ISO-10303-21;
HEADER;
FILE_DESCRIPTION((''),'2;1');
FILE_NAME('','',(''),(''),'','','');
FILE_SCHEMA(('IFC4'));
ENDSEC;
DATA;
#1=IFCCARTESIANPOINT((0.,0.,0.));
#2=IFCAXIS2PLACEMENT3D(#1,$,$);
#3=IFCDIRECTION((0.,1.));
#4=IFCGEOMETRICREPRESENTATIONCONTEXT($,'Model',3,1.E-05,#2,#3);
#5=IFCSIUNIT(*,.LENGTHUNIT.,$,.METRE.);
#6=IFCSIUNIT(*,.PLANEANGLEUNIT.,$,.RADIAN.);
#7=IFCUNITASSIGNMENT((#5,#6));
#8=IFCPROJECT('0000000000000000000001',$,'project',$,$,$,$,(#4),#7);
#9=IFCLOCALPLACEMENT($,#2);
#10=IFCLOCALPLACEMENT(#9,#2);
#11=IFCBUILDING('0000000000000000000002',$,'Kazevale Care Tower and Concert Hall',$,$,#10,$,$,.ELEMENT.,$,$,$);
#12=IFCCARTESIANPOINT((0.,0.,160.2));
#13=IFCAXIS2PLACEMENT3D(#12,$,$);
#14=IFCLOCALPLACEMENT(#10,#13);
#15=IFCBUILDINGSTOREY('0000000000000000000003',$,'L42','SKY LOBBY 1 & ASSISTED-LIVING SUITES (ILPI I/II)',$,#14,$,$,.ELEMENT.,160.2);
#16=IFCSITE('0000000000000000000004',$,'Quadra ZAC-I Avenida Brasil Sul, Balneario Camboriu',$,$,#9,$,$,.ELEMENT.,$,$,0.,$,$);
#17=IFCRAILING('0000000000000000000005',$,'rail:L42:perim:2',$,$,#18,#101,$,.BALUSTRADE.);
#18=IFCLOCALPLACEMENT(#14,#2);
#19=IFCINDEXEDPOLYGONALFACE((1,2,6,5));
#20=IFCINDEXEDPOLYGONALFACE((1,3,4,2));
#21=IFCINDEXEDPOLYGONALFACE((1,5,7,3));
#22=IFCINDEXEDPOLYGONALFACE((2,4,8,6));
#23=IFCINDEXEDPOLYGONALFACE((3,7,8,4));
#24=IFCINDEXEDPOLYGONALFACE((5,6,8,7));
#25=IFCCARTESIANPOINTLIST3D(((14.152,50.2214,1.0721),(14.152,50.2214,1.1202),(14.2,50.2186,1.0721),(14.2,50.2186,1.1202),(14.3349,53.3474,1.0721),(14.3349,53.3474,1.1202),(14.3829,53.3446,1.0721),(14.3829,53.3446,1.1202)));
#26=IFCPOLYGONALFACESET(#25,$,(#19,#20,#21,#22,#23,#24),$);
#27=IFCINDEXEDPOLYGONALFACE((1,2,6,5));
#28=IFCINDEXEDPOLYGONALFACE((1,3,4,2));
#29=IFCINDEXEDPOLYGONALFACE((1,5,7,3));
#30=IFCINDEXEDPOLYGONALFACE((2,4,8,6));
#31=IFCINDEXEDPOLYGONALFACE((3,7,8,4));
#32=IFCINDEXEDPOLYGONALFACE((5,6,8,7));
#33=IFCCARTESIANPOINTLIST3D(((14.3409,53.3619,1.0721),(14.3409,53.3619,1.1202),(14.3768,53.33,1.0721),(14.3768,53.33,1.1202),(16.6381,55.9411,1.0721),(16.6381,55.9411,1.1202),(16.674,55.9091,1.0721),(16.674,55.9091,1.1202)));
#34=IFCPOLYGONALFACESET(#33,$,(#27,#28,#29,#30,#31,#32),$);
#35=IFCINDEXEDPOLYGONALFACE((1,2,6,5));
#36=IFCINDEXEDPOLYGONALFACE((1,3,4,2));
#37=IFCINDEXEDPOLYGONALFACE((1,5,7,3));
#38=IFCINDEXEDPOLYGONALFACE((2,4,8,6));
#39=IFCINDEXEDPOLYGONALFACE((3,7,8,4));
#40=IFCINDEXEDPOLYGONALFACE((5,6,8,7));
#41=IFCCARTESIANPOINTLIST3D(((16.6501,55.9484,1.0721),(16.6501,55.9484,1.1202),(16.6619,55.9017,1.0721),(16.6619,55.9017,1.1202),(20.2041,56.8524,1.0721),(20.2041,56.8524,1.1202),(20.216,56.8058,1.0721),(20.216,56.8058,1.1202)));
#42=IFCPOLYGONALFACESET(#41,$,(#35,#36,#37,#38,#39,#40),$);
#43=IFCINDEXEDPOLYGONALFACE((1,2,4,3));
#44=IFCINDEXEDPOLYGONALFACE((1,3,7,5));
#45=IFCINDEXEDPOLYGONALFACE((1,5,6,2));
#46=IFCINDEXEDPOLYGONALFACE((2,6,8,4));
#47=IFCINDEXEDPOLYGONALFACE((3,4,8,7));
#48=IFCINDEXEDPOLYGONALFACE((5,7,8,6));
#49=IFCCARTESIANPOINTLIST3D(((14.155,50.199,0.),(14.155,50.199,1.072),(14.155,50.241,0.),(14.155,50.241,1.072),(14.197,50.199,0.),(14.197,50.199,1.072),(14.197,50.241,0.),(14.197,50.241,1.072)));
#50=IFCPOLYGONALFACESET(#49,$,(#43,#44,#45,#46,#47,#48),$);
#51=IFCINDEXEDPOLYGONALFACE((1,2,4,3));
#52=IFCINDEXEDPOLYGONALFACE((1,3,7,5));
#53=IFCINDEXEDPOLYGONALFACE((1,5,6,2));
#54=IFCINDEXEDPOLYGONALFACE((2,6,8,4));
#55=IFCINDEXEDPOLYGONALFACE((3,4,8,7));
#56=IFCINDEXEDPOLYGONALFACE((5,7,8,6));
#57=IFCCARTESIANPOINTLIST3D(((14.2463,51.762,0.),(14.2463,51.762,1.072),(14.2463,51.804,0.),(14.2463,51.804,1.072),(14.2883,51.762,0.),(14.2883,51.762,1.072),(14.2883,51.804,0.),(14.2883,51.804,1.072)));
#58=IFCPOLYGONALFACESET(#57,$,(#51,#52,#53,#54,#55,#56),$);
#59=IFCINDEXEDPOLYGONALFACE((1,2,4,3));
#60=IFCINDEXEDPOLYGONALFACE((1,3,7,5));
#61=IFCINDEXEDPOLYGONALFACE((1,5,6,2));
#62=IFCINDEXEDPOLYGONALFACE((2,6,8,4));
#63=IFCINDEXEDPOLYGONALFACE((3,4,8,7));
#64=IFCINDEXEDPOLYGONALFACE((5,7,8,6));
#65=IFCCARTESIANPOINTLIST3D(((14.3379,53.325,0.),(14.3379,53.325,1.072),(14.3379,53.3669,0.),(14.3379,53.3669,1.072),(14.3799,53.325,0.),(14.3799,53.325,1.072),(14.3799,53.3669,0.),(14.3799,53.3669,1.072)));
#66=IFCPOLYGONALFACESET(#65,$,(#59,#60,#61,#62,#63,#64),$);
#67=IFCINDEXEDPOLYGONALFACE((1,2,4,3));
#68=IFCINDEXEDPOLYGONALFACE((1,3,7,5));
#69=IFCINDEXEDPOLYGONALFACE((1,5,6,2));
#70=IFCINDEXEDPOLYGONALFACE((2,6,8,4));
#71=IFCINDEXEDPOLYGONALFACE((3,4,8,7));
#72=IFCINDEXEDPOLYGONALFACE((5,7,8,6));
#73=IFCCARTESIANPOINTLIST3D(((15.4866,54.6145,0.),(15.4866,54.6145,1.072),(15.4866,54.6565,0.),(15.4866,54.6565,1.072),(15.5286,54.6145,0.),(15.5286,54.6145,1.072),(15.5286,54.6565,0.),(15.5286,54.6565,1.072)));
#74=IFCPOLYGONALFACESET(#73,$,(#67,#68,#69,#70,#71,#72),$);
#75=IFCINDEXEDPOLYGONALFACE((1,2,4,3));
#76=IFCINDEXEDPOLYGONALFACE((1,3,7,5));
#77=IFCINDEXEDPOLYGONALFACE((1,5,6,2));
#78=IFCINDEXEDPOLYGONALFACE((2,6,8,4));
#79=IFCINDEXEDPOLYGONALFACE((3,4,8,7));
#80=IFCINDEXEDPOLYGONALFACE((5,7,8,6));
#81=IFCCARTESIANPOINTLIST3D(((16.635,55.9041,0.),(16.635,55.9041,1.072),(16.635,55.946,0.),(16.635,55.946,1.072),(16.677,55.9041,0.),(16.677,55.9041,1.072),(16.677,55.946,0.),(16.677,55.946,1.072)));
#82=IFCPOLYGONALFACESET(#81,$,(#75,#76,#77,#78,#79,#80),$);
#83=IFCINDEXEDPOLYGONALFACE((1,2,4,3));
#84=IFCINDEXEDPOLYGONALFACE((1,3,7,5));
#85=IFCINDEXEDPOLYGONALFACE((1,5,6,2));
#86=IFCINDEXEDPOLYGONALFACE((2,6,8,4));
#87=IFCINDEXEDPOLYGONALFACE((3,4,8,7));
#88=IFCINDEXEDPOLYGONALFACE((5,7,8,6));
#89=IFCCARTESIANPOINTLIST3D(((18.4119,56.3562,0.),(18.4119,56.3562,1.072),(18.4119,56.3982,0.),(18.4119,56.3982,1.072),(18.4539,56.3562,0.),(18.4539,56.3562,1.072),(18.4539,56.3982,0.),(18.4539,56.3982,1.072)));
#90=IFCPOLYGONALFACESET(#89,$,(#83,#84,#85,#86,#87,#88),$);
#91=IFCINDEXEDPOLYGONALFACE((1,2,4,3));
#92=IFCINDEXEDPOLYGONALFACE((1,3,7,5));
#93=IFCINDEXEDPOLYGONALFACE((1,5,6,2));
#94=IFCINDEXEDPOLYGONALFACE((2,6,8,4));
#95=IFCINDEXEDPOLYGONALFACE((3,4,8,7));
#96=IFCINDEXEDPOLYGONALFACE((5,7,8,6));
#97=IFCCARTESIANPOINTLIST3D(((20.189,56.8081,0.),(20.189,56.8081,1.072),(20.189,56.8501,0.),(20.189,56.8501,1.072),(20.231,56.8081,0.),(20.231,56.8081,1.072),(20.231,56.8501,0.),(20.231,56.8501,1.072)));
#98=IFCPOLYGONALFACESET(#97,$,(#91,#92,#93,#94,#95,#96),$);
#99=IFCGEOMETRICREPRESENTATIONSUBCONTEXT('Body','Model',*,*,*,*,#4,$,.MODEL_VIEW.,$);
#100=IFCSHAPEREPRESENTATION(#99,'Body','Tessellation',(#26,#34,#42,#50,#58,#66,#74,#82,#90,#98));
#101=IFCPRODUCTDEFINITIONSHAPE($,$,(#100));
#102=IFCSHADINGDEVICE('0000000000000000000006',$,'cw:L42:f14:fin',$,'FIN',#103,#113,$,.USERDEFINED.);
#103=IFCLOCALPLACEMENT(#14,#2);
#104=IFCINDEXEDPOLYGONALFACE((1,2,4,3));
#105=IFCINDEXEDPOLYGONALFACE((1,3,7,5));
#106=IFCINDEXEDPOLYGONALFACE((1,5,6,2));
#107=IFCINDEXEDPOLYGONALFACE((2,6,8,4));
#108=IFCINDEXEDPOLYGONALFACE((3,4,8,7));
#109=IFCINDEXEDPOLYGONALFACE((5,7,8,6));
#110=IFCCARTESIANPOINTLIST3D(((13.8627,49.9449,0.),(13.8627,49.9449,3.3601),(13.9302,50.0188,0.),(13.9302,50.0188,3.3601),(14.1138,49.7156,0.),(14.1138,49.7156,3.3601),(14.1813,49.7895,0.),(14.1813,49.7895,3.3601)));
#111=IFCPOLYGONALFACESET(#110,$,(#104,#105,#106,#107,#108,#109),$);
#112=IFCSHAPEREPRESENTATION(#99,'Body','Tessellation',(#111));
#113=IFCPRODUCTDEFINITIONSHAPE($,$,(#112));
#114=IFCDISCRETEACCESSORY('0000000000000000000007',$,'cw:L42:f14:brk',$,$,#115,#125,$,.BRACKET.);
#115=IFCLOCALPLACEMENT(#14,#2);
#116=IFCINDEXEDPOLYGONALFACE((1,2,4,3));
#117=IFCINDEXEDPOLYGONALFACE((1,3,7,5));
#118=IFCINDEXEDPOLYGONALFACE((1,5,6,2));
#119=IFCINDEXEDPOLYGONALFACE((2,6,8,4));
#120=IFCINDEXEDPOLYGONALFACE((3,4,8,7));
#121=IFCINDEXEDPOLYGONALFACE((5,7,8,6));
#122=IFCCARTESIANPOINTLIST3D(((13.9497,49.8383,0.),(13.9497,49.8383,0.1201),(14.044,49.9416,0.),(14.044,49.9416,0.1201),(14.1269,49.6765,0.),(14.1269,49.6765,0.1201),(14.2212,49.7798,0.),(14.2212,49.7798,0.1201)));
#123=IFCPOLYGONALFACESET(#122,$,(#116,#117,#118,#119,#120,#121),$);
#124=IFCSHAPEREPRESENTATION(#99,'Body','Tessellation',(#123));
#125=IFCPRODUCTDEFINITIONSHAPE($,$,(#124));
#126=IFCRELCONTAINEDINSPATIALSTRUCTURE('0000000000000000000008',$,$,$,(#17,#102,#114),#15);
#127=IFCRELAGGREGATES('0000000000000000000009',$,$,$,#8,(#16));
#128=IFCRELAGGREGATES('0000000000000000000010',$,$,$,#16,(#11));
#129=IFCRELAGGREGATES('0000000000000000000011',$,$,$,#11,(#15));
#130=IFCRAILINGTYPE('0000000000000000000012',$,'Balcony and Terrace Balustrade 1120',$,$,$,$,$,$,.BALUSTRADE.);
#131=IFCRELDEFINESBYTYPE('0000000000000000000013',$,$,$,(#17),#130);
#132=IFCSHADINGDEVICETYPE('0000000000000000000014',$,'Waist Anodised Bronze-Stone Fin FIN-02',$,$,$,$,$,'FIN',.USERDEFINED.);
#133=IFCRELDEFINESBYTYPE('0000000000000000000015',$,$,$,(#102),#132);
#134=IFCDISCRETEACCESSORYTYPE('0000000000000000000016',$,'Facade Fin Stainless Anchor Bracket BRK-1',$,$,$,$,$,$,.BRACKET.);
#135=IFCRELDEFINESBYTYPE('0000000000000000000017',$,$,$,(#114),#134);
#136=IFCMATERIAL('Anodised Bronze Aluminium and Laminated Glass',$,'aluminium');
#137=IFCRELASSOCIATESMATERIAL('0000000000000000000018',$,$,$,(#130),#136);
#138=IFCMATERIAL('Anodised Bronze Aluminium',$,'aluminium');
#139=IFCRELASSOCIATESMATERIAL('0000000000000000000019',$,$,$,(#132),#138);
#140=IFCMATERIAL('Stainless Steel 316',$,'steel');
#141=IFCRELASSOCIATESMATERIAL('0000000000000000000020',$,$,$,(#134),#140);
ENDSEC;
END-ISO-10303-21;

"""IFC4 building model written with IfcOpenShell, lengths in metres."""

from ifc_helpers import new_model, si_unit, direction, frame, origin, origin_2d, place, context, subcontext, project, spatial, rectangle, extrude, material, type_object, element, save


model = new_model("IFC4")

# Units and contexts
model_context = context("Model", 3, precision=1e-05, world=origin(), true_north=direction((0.0, 1.0)))
body_context = subcontext(model_context, "Body", "Model", "MODEL_VIEW")
ifc_project = project(units=[si_unit("LENGTHUNIT", "METRE"), si_unit("PLANEANGLEUNIT", "RADIAN")], contexts=[model_context])

# Site, building, storey
site_placement = place(None, origin())
site = spatial("IfcSite", under=ifc_project, at=site_placement, Name="Quadra ZAC-I Avenida Brasil Sul, Balneario Camboriu", CompositionType="ELEMENT", RefElevation=0.0)
building_placement = place(site_placement, origin())
building = spatial("IfcBuilding", under=site, at=building_placement, Name="Kazevale Care Tower and Concert Hall", CompositionType="ELEMENT")
storey_placement = place(building_placement, frame((0.0, 0.0, 160.2)))
storey = spatial("IfcBuildingStorey", under=building, at=storey_placement, Name="L42", Description="SKY LOBBY 1 & ASSISTED-LIVING SUITES (ILPI I/II)", CompositionType="ELEMENT", Elevation=160.2)

# Railing
ifc_material_1 = material(Name="Anodised Bronze Aluminium and Laminated Glass", Category="aluminium")
railing_type = type_object("IfcRailingType", Name="Balcony and Terrace Balustrade 1120", PredefinedType="BALUSTRADE", material=ifc_material_1)
railing_placement = place(storey_placement, frame((14.176, 50.22, 0.0)))
element("IfcRailing", 1, at=railing_placement, inside=storey, type_object=railing_type, Name="rail:L42:perim:2", PredefinedType="BALUSTRADE", context=body_context, shape_type="SweptSolid", body=[
    extrude(rectangle(XDim=0.0481, YDim=0.0481, at=origin_2d()), frame((0.0, 0.0, 1.0962), z_axis=(0.058398, 0.998293, 0.0), x_axis=(-0.998293, 0.058398, 0.0)), (0.0, 0.0, 1.0), 3.1313),
    extrude(rectangle(XDim=0.0481, YDim=0.0481, at=origin_2d()), frame((0.1829, 3.126, 1.0962), z_axis=(0.665105, 0.74675, 0.0), x_axis=(-0.74675, 0.665105, 0.0)), (0.0, 0.0, 1.0), 3.4539),
    extrude(rectangle(XDim=0.0481, YDim=0.0481, at=origin_2d()), frame((2.48, 5.7051, 1.0962), z_axis=(0.969136, 0.246528, 0.0), x_axis=(-0.246528, 0.969136, 0.0)), (0.0, 0.0, 1.0), 3.6672),
    extrude(rectangle(XDim=0.042, YDim=0.042, at=origin_2d()), origin(), (0.0, 0.0, 1.0), 1.072),
    extrude(rectangle(XDim=0.042, YDim=0.042, at=origin_2d()), frame((0.0913, 1.563, 0.0)), (0.0, 0.0, 1.0), 1.072),
    extrude(rectangle(XDim=0.042, YDim=0.042, at=origin_2d()), frame((0.1829, 3.126, 0.0)), (0.0, 0.0, 1.0), 1.072),
    extrude(rectangle(XDim=0.042, YDim=0.042, at=origin_2d()), frame((1.3315, 4.4155, 0.0)), (0.0, 0.0, 1.0), 1.072),
    extrude(rectangle(XDim=0.042, YDim=0.042, at=origin_2d()), frame((2.48, 5.7051, 0.0)), (0.0, 0.0, 1.0), 1.072),
    extrude(rectangle(XDim=0.042, YDim=0.042, at=origin_2d()), frame((4.2568, 6.1572, 0.0)), (0.0, 0.0, 1.0), 1.072),
    extrude(rectangle(XDim=0.042, YDim=0.042, at=origin_2d()), frame((6.0339, 6.6091, 0.0)), (0.0, 0.0, 1.0), 1.072),
])

# Shading device
ifc_material_2 = material(Name="Anodised Bronze Aluminium", Category="aluminium")
shading_device_type = type_object("IfcShadingDeviceType", Name="Waist Anodised Bronze-Stone Fin FIN-02", ElementType="FIN", PredefinedType="USERDEFINED", material=ifc_material_2)
shading_device_placement = place(storey_placement, frame((14.022, 49.8672, 0.0), z_axis=(0.0, 0.0, 1.0), x_axis=(-0.738455, 0.674302, 0.0)))
element("IfcShadingDevice", 2, at=shading_device_placement, inside=storey, type_object=shading_device_type, Name="cw:L42:f14:fin", ObjectType="FIN", PredefinedType="USERDEFINED", context=body_context, shape_type="SweptSolid", body=[
    extrude(rectangle(XDim=0.3401, YDim=0.1001, at=origin_2d()), origin(), (0.0, 0.0, 1.0), 3.3601),
])

# Discrete accessory
ifc_material_3 = material(Name="Stainless Steel 316", Category="steel")
discrete_accessory_type = type_object("IfcDiscreteAccessoryType", Name="Facade Fin Stainless Anchor Bracket BRK-1", PredefinedType="BRACKET", material=ifc_material_3)
discrete_accessory_placement = place(storey_placement, frame((14.0854, 49.8091, 0.0), z_axis=(0.0, 0.0, 1.0), x_axis=(-0.738455, 0.674302, 0.0)))
element("IfcDiscreteAccessory", 3, at=discrete_accessory_placement, inside=storey, type_object=discrete_accessory_type, Name="cw:L42:f14:brk", PredefinedType="BRACKET", context=body_context, shape_type="SweptSolid", body=[
    extrude(rectangle(XDim=0.24, YDim=0.1399, at=origin_2d()), origin(), (0.0, 0.0, 1.0), 0.1201),
])

save(model, "model.ifc")
